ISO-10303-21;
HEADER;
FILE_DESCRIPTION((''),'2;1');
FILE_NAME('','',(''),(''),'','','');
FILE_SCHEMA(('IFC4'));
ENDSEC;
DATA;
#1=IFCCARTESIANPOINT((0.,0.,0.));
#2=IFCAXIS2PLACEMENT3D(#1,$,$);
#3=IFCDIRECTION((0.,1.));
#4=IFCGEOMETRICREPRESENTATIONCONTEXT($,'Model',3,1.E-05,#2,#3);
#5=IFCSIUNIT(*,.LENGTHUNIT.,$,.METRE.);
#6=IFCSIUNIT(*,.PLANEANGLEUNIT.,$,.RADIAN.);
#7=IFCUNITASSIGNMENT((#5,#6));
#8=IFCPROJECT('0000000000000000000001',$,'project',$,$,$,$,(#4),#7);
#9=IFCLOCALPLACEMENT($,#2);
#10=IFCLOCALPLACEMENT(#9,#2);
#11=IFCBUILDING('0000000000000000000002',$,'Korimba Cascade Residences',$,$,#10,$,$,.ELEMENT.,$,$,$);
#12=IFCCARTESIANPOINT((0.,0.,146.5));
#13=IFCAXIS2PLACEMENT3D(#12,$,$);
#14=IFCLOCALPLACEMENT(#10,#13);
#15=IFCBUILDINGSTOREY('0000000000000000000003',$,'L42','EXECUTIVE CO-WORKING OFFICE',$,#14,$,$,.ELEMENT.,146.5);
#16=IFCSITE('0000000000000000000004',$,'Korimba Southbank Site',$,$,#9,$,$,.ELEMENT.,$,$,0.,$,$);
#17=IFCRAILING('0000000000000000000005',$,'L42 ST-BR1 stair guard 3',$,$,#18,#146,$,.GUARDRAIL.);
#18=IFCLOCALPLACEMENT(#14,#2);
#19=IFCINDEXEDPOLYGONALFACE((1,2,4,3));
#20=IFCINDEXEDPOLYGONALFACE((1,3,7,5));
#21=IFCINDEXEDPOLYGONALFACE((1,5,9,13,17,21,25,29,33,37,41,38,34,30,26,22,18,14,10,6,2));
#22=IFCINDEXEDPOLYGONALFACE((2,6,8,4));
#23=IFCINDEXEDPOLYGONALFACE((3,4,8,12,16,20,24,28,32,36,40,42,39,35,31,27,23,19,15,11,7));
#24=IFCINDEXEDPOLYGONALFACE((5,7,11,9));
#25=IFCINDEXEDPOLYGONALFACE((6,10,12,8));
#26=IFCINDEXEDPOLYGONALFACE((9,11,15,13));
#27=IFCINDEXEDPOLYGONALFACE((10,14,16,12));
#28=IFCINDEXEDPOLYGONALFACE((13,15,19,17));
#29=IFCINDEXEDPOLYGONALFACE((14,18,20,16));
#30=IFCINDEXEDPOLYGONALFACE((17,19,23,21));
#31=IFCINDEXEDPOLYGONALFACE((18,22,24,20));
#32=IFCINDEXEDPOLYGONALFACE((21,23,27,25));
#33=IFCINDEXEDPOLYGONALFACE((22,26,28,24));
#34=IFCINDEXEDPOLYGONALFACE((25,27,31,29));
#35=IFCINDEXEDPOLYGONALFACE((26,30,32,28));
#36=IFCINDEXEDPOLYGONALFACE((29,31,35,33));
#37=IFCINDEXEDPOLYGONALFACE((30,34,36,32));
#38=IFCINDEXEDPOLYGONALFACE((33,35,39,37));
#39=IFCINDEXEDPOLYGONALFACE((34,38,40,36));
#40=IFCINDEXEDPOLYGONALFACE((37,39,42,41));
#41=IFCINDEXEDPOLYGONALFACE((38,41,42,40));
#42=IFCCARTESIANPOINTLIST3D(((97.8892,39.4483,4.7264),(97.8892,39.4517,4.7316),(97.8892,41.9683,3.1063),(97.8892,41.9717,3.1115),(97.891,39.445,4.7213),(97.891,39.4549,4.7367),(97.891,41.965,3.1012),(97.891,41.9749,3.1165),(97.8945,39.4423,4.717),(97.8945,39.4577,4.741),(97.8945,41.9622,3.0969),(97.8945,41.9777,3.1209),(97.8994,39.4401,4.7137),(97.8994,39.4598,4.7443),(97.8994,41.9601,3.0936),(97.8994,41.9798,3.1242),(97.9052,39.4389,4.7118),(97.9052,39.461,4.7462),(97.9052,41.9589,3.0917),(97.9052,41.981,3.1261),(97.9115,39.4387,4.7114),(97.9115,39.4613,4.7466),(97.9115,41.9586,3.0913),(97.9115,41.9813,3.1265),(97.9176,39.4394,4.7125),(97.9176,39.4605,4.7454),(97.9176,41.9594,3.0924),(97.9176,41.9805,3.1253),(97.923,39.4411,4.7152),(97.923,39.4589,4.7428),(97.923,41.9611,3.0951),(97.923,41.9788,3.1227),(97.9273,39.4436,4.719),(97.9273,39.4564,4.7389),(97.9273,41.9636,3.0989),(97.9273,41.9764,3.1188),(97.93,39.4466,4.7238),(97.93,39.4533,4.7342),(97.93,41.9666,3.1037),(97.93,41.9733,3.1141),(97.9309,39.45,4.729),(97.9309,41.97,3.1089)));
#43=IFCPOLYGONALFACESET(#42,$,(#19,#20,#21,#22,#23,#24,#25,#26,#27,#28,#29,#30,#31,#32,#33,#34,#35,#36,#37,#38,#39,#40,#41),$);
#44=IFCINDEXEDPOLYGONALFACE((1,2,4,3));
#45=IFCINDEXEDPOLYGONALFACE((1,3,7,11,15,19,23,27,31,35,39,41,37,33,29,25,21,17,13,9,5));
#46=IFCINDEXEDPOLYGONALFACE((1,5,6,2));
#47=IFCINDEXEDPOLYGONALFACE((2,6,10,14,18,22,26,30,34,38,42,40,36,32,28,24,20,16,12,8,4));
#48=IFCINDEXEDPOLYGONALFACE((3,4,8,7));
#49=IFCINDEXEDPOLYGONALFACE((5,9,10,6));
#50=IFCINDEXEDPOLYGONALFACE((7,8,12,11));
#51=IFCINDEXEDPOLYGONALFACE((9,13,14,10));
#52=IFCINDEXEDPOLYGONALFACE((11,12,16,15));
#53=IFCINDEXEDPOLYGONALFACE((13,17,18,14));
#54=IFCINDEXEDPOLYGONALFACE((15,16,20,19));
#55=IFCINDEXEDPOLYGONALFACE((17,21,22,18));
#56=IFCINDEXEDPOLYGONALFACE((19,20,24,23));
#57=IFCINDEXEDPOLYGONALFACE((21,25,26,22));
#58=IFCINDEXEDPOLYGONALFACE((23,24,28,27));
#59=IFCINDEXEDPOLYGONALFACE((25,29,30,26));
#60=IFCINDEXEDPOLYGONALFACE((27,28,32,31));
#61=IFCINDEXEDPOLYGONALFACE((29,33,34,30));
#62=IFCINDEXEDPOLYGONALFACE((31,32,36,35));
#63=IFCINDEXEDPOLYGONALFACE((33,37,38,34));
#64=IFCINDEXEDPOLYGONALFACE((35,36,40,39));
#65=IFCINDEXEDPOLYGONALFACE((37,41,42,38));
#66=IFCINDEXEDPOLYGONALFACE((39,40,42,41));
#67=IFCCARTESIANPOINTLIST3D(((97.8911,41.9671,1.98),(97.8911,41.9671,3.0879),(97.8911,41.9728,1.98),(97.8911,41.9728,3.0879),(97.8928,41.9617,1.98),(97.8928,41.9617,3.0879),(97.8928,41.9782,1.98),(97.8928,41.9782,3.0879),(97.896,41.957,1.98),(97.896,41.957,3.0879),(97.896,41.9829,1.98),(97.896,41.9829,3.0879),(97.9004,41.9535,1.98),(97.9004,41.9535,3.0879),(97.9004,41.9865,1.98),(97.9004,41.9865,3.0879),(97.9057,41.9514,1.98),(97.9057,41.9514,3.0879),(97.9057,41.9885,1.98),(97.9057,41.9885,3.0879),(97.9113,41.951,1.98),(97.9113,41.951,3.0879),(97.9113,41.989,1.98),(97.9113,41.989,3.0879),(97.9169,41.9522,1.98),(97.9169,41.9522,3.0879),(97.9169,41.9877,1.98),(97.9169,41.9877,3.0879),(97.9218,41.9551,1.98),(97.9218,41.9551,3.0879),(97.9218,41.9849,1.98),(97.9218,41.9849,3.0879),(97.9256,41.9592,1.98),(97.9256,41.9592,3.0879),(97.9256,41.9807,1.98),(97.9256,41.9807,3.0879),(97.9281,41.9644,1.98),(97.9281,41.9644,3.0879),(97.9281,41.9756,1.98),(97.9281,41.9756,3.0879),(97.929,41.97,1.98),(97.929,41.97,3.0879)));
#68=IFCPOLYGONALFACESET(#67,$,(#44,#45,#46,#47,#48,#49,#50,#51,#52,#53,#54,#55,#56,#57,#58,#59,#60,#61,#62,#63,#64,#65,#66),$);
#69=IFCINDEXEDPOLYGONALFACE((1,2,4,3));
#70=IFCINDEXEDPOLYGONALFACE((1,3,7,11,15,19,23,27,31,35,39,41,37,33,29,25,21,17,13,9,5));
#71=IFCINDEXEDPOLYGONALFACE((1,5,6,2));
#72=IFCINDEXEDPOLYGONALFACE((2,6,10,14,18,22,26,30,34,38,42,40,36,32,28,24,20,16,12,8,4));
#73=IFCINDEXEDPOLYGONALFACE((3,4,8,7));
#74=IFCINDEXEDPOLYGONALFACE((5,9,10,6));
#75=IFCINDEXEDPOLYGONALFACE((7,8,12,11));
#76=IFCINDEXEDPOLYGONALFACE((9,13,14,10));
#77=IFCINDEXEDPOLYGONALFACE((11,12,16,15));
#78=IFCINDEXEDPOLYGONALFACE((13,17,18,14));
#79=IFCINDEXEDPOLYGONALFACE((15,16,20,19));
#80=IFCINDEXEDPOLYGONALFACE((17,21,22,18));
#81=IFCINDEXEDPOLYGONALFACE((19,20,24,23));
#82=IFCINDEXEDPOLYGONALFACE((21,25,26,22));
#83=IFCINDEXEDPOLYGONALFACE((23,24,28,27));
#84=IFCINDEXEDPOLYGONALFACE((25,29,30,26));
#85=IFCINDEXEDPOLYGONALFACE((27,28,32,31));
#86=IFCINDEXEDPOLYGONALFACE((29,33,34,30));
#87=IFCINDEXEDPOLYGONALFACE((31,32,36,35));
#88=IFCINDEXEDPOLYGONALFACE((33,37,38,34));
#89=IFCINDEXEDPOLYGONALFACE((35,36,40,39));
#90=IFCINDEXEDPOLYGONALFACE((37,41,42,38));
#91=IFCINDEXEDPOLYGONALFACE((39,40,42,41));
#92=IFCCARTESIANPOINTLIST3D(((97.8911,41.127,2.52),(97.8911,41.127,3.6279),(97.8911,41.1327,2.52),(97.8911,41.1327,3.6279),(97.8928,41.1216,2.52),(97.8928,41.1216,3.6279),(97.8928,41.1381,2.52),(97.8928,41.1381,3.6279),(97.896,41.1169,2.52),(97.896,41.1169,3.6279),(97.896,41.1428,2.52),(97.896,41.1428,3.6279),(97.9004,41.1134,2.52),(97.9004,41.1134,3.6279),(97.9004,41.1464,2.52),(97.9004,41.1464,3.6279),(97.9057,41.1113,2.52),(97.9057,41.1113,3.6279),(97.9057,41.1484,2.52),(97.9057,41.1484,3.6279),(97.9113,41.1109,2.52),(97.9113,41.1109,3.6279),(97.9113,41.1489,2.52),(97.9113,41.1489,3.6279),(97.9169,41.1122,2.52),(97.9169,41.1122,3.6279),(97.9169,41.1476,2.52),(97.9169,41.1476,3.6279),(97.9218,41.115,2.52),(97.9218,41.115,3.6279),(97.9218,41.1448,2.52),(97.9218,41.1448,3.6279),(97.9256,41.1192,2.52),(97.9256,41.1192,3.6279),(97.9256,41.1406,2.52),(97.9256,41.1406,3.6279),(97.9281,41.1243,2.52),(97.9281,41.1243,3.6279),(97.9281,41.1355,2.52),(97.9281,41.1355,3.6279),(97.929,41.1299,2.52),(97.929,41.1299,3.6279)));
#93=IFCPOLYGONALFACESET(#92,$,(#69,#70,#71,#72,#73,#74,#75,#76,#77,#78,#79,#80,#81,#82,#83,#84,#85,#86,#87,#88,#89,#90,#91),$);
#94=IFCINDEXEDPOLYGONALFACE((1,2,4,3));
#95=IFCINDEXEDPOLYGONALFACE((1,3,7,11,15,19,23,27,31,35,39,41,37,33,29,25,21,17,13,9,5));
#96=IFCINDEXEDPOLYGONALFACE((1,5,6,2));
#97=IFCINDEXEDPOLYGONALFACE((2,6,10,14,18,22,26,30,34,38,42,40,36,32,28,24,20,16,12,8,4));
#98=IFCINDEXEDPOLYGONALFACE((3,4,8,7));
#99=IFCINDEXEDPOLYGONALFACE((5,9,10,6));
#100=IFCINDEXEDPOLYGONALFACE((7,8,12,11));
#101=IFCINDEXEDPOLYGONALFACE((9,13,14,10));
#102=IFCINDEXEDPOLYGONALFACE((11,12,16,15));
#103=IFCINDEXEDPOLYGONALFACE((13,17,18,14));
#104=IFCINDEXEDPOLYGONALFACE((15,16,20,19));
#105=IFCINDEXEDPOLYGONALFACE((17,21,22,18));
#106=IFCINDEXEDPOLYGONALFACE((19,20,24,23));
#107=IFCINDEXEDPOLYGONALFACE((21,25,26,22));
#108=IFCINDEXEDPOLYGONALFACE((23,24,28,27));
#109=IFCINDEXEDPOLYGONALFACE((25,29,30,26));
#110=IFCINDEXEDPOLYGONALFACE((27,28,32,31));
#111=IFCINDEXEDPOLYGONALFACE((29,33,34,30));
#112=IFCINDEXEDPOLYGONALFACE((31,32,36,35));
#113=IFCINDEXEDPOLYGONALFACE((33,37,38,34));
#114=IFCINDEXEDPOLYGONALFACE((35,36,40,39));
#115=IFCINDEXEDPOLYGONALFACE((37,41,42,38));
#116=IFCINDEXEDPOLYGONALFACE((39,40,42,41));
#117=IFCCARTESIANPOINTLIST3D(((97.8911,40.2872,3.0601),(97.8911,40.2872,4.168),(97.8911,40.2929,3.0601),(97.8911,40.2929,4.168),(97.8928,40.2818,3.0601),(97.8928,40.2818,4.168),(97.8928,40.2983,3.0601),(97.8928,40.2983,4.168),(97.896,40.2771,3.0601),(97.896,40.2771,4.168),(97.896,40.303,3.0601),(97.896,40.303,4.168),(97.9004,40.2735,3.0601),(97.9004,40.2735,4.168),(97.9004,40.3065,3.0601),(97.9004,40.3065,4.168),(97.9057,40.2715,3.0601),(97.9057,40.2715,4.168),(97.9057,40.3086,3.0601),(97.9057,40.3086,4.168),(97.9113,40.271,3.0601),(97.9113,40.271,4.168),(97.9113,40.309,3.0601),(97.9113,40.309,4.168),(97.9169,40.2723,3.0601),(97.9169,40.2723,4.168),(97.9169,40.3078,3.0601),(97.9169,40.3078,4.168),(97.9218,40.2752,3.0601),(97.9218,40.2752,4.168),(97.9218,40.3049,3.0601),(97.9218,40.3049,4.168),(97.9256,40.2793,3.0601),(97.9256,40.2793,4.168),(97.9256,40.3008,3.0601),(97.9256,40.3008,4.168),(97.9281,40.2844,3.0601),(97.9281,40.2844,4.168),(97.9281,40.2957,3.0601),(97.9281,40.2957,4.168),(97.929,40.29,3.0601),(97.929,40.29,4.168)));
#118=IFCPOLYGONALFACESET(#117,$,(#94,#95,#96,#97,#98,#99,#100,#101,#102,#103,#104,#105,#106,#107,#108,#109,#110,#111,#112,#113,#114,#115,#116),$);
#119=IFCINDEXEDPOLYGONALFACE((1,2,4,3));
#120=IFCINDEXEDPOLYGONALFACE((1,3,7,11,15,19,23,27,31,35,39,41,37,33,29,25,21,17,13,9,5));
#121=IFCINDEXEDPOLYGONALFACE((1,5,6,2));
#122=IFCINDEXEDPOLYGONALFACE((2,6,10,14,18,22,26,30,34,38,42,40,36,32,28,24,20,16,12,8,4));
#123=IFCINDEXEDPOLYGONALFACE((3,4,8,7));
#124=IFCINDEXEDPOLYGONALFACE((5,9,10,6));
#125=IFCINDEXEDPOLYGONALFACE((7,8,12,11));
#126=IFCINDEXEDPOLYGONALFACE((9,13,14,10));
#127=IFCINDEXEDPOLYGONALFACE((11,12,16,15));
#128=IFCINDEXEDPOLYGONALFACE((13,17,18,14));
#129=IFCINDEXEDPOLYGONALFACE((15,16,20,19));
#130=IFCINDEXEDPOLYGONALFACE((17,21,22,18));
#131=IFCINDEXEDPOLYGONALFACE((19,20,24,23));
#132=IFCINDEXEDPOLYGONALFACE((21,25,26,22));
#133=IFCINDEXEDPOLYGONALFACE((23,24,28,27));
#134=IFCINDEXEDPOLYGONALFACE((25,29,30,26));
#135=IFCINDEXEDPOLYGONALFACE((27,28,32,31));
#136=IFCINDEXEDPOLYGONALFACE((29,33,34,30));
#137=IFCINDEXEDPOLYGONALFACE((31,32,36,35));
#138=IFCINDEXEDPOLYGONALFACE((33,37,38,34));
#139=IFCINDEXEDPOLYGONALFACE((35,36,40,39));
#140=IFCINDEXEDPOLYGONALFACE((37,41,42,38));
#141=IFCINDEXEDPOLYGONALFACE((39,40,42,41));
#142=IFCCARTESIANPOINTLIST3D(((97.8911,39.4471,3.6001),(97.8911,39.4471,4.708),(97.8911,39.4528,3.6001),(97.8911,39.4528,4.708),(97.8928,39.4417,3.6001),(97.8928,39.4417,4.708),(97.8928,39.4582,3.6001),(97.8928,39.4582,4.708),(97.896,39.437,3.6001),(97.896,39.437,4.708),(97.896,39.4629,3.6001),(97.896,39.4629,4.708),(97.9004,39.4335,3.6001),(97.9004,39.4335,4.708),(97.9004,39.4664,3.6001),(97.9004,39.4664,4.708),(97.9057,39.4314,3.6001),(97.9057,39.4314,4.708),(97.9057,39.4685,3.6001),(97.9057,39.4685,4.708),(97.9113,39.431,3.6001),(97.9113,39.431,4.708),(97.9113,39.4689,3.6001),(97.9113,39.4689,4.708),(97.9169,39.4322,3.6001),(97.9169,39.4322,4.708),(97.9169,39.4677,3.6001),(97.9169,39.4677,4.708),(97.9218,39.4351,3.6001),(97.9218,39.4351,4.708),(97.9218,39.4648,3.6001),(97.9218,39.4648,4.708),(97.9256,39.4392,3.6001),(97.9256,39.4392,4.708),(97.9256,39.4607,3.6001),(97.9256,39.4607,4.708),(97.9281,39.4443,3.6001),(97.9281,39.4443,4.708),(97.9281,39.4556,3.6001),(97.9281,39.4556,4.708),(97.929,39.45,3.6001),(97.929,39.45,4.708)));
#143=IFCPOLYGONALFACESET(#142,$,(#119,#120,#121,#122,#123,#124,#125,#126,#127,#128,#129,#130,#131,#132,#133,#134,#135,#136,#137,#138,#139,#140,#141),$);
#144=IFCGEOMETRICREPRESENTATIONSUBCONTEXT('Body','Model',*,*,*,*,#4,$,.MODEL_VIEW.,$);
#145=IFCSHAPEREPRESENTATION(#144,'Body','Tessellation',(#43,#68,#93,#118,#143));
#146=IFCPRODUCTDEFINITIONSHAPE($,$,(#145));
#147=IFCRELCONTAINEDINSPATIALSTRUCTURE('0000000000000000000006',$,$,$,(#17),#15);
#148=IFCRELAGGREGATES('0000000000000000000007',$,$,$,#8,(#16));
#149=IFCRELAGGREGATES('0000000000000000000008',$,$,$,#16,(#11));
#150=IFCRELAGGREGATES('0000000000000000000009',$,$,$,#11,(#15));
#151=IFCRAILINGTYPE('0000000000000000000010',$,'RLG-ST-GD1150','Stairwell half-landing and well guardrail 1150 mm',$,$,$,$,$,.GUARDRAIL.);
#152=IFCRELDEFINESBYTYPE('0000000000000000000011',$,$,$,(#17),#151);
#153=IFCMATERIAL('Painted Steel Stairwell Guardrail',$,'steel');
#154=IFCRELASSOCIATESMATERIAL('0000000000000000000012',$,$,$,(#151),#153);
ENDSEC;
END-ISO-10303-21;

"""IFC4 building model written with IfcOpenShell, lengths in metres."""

from ifc_helpers import new_model, si_unit, direction, frame, origin, origin_2d, place, context, subcontext, project, spatial, circle, extrude, material, type_object, element, save


model = new_model("IFC4")

# Units and contexts
model_context = context("Model", 3, precision=1e-05, world=origin(), true_north=direction((0.0, 1.0)))
body_context = subcontext(model_context, "Body", "Model", "MODEL_VIEW")
ifc_project = project(units=[si_unit("LENGTHUNIT", "METRE"), si_unit("PLANEANGLEUNIT", "RADIAN")], contexts=[model_context])

# Site, building, storey
site_placement = place(None, origin())
site = spatial("IfcSite", under=ifc_project, at=site_placement, Name="Korimba Southbank Site", CompositionType="ELEMENT", RefElevation=0.0)
building_placement = place(site_placement, origin())
building = spatial("IfcBuilding", under=site, at=building_placement, Name="Korimba Cascade Residences", CompositionType="ELEMENT")
storey_placement = place(building_placement, frame((0.0, 0.0, 146.5)))
storey = spatial("IfcBuildingStorey", under=building, at=storey_placement, Name="L42", Description="EXECUTIVE CO-WORKING OFFICE", CompositionType="ELEMENT", Elevation=146.5)

# Railing
ifc_material_1 = material(Name="Painted Steel Stairwell Guardrail", Category="steel")
railing_type_1 = type_object("IfcRailingType", Name="RLG-ST-GD1150", Description="Stairwell half-landing and well guardrail 1150 mm", PredefinedType="GUARDRAIL", material=ifc_material_1)
railing_1_placement = place(storey_placement, frame((97.9099, 41.97, 1.98)))
element("IfcRailing", 1, at=railing_1_placement, inside=storey, type_object=railing_type_1, Name="L42 ST-BR1 stair guard 3", PredefinedType="GUARDRAIL", context=body_context, shape_type="SweptSolid", body=[
    extrude(circle(Radius=0.021, at=origin_2d()), frame((0.0, 0.0, 1.1289), z_axis=(0.0, -0.841163, 0.540782), x_axis=(1.0, 0.0, 0.0)), (0.0, 0.0, 1.0), 2.9958),
    extrude(circle(Radius=0.019, at=origin_2d()), origin(), (0.0, 0.0, 1.0), 1.1079),
    extrude(circle(Radius=0.019, at=origin_2d()), frame((0.0, -0.8401, 0.54)), (0.0, 0.0, 1.0), 1.1079),
    extrude(circle(Radius=0.019, at=origin_2d()), frame((0.0, -1.6799, 1.0801)), (0.0, 0.0, 1.0), 1.1079),
    extrude(circle(Radius=0.019, at=origin_2d()), frame((0.0, -2.52, 1.6201)), (0.0, 0.0, 1.0), 1.1079),
])

save(model, "model.ifc")
